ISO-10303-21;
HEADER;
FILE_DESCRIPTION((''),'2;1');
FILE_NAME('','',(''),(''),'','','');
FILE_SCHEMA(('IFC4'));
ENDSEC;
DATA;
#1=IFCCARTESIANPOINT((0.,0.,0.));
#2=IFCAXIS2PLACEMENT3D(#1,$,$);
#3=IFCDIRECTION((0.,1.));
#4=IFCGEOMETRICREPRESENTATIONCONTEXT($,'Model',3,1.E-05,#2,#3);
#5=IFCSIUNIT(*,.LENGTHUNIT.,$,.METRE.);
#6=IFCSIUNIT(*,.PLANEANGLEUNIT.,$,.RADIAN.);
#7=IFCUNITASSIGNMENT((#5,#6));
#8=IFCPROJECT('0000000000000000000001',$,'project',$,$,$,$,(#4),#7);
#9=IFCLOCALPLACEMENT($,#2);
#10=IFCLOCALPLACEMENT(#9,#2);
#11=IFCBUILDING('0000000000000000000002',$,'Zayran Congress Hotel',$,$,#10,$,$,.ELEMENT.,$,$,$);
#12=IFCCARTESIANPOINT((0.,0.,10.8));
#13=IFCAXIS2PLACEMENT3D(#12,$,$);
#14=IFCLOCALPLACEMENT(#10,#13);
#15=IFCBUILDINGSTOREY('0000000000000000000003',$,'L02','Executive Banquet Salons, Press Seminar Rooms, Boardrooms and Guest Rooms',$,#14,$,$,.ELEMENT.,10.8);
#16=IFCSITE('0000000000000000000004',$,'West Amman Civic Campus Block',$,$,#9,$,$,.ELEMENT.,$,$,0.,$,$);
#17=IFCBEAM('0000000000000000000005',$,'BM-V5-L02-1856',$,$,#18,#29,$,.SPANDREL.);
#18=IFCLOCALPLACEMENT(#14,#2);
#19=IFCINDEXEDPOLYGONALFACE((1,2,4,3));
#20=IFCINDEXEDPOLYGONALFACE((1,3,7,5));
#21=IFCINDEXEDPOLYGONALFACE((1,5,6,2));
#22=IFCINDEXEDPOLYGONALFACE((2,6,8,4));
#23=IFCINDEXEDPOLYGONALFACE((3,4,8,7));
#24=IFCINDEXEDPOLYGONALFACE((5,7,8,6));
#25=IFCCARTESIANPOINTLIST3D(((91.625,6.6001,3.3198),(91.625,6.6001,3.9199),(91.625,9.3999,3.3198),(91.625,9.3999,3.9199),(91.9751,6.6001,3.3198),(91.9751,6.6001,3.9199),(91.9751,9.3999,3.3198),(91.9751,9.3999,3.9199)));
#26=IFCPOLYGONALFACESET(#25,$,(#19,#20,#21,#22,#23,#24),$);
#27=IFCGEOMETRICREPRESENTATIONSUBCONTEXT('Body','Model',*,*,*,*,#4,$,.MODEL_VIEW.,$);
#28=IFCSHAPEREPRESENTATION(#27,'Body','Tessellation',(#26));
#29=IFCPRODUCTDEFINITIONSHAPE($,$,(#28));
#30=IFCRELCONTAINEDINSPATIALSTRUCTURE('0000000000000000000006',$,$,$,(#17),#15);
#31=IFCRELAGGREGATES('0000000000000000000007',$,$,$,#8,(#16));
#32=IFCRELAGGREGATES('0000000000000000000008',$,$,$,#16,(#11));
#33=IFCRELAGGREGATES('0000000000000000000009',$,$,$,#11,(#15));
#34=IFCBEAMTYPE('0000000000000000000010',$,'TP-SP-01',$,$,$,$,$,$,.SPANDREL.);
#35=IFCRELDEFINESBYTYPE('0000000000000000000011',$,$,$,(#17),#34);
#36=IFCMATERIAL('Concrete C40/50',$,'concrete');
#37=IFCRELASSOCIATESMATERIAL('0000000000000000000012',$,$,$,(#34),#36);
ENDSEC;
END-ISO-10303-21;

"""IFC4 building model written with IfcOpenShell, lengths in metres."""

from ifc_helpers import new_model, si_unit, direction, frame, origin, origin_2d, place, context, subcontext, project, spatial, rectangle, extrude, material, material_profile, profile_set, type_object, element, save


model = new_model("IFC4")

# Units and contexts
model_context = context("Model", 3, precision=1e-05, world=origin(), true_north=direction((0.0, 1.0)))
body_context = subcontext(model_context, "Body", "Model", "MODEL_VIEW")
ifc_project = project(units=[si_unit("LENGTHUNIT", "METRE"), si_unit("PLANEANGLEUNIT", "RADIAN")], contexts=[model_context])

# Site, building, storey
site_placement = place(None, origin())
site = spatial("IfcSite", under=ifc_project, at=site_placement, Name="West Amman Civic Campus Block", CompositionType="ELEMENT", RefElevation=0.0)
building_placement = place(site_placement, origin())
building = spatial("IfcBuilding", under=site, at=building_placement, Name="Zayran Congress Hotel", CompositionType="ELEMENT")
storey_placement = place(building_placement, frame((0.0, 0.0, 10.8)))
storey = spatial("IfcBuildingStorey", under=building, at=storey_placement, Name="L02", Description="Executive Banquet Salons, Press Seminar Rooms, Boardrooms and Guest Rooms", CompositionType="ELEMENT", Elevation=10.8)

# Beam
ifc_material_1 = material(Name="Concrete C40/50", Category="concrete")
ifc_material_profile = material_profile(ifc_material_1, rectangle(XDim=0.3501, YDim=0.6001, at=origin_2d()), Name="RC 350x600")
ifc_profile_set = profile_set([ifc_material_profile], Name="Concrete C40/50")
beam_type = type_object("IfcBeamType", Name="TP-SP-01", PredefinedType="SPANDREL", material=ifc_profile_set)
beam_placement = place(storey_placement, frame((91.8, 6.6001, 3.6199), z_axis=(0.0, 1.0, 0.0), x_axis=(-1.0, 0.0, 0.0)))
element("IfcBeam", 1, at=beam_placement, inside=storey, type_object=beam_type, Name="BM-V5-L02-1856", PredefinedType="SPANDREL", context=body_context, shape_type="SweptSolid", body=[
    extrude(rectangle(XDim=0.3501, YDim=0.6001, at=origin_2d()), origin(), (0.0, 0.0, 1.0), 2.7998),
])

save(model, "model.ifc")
